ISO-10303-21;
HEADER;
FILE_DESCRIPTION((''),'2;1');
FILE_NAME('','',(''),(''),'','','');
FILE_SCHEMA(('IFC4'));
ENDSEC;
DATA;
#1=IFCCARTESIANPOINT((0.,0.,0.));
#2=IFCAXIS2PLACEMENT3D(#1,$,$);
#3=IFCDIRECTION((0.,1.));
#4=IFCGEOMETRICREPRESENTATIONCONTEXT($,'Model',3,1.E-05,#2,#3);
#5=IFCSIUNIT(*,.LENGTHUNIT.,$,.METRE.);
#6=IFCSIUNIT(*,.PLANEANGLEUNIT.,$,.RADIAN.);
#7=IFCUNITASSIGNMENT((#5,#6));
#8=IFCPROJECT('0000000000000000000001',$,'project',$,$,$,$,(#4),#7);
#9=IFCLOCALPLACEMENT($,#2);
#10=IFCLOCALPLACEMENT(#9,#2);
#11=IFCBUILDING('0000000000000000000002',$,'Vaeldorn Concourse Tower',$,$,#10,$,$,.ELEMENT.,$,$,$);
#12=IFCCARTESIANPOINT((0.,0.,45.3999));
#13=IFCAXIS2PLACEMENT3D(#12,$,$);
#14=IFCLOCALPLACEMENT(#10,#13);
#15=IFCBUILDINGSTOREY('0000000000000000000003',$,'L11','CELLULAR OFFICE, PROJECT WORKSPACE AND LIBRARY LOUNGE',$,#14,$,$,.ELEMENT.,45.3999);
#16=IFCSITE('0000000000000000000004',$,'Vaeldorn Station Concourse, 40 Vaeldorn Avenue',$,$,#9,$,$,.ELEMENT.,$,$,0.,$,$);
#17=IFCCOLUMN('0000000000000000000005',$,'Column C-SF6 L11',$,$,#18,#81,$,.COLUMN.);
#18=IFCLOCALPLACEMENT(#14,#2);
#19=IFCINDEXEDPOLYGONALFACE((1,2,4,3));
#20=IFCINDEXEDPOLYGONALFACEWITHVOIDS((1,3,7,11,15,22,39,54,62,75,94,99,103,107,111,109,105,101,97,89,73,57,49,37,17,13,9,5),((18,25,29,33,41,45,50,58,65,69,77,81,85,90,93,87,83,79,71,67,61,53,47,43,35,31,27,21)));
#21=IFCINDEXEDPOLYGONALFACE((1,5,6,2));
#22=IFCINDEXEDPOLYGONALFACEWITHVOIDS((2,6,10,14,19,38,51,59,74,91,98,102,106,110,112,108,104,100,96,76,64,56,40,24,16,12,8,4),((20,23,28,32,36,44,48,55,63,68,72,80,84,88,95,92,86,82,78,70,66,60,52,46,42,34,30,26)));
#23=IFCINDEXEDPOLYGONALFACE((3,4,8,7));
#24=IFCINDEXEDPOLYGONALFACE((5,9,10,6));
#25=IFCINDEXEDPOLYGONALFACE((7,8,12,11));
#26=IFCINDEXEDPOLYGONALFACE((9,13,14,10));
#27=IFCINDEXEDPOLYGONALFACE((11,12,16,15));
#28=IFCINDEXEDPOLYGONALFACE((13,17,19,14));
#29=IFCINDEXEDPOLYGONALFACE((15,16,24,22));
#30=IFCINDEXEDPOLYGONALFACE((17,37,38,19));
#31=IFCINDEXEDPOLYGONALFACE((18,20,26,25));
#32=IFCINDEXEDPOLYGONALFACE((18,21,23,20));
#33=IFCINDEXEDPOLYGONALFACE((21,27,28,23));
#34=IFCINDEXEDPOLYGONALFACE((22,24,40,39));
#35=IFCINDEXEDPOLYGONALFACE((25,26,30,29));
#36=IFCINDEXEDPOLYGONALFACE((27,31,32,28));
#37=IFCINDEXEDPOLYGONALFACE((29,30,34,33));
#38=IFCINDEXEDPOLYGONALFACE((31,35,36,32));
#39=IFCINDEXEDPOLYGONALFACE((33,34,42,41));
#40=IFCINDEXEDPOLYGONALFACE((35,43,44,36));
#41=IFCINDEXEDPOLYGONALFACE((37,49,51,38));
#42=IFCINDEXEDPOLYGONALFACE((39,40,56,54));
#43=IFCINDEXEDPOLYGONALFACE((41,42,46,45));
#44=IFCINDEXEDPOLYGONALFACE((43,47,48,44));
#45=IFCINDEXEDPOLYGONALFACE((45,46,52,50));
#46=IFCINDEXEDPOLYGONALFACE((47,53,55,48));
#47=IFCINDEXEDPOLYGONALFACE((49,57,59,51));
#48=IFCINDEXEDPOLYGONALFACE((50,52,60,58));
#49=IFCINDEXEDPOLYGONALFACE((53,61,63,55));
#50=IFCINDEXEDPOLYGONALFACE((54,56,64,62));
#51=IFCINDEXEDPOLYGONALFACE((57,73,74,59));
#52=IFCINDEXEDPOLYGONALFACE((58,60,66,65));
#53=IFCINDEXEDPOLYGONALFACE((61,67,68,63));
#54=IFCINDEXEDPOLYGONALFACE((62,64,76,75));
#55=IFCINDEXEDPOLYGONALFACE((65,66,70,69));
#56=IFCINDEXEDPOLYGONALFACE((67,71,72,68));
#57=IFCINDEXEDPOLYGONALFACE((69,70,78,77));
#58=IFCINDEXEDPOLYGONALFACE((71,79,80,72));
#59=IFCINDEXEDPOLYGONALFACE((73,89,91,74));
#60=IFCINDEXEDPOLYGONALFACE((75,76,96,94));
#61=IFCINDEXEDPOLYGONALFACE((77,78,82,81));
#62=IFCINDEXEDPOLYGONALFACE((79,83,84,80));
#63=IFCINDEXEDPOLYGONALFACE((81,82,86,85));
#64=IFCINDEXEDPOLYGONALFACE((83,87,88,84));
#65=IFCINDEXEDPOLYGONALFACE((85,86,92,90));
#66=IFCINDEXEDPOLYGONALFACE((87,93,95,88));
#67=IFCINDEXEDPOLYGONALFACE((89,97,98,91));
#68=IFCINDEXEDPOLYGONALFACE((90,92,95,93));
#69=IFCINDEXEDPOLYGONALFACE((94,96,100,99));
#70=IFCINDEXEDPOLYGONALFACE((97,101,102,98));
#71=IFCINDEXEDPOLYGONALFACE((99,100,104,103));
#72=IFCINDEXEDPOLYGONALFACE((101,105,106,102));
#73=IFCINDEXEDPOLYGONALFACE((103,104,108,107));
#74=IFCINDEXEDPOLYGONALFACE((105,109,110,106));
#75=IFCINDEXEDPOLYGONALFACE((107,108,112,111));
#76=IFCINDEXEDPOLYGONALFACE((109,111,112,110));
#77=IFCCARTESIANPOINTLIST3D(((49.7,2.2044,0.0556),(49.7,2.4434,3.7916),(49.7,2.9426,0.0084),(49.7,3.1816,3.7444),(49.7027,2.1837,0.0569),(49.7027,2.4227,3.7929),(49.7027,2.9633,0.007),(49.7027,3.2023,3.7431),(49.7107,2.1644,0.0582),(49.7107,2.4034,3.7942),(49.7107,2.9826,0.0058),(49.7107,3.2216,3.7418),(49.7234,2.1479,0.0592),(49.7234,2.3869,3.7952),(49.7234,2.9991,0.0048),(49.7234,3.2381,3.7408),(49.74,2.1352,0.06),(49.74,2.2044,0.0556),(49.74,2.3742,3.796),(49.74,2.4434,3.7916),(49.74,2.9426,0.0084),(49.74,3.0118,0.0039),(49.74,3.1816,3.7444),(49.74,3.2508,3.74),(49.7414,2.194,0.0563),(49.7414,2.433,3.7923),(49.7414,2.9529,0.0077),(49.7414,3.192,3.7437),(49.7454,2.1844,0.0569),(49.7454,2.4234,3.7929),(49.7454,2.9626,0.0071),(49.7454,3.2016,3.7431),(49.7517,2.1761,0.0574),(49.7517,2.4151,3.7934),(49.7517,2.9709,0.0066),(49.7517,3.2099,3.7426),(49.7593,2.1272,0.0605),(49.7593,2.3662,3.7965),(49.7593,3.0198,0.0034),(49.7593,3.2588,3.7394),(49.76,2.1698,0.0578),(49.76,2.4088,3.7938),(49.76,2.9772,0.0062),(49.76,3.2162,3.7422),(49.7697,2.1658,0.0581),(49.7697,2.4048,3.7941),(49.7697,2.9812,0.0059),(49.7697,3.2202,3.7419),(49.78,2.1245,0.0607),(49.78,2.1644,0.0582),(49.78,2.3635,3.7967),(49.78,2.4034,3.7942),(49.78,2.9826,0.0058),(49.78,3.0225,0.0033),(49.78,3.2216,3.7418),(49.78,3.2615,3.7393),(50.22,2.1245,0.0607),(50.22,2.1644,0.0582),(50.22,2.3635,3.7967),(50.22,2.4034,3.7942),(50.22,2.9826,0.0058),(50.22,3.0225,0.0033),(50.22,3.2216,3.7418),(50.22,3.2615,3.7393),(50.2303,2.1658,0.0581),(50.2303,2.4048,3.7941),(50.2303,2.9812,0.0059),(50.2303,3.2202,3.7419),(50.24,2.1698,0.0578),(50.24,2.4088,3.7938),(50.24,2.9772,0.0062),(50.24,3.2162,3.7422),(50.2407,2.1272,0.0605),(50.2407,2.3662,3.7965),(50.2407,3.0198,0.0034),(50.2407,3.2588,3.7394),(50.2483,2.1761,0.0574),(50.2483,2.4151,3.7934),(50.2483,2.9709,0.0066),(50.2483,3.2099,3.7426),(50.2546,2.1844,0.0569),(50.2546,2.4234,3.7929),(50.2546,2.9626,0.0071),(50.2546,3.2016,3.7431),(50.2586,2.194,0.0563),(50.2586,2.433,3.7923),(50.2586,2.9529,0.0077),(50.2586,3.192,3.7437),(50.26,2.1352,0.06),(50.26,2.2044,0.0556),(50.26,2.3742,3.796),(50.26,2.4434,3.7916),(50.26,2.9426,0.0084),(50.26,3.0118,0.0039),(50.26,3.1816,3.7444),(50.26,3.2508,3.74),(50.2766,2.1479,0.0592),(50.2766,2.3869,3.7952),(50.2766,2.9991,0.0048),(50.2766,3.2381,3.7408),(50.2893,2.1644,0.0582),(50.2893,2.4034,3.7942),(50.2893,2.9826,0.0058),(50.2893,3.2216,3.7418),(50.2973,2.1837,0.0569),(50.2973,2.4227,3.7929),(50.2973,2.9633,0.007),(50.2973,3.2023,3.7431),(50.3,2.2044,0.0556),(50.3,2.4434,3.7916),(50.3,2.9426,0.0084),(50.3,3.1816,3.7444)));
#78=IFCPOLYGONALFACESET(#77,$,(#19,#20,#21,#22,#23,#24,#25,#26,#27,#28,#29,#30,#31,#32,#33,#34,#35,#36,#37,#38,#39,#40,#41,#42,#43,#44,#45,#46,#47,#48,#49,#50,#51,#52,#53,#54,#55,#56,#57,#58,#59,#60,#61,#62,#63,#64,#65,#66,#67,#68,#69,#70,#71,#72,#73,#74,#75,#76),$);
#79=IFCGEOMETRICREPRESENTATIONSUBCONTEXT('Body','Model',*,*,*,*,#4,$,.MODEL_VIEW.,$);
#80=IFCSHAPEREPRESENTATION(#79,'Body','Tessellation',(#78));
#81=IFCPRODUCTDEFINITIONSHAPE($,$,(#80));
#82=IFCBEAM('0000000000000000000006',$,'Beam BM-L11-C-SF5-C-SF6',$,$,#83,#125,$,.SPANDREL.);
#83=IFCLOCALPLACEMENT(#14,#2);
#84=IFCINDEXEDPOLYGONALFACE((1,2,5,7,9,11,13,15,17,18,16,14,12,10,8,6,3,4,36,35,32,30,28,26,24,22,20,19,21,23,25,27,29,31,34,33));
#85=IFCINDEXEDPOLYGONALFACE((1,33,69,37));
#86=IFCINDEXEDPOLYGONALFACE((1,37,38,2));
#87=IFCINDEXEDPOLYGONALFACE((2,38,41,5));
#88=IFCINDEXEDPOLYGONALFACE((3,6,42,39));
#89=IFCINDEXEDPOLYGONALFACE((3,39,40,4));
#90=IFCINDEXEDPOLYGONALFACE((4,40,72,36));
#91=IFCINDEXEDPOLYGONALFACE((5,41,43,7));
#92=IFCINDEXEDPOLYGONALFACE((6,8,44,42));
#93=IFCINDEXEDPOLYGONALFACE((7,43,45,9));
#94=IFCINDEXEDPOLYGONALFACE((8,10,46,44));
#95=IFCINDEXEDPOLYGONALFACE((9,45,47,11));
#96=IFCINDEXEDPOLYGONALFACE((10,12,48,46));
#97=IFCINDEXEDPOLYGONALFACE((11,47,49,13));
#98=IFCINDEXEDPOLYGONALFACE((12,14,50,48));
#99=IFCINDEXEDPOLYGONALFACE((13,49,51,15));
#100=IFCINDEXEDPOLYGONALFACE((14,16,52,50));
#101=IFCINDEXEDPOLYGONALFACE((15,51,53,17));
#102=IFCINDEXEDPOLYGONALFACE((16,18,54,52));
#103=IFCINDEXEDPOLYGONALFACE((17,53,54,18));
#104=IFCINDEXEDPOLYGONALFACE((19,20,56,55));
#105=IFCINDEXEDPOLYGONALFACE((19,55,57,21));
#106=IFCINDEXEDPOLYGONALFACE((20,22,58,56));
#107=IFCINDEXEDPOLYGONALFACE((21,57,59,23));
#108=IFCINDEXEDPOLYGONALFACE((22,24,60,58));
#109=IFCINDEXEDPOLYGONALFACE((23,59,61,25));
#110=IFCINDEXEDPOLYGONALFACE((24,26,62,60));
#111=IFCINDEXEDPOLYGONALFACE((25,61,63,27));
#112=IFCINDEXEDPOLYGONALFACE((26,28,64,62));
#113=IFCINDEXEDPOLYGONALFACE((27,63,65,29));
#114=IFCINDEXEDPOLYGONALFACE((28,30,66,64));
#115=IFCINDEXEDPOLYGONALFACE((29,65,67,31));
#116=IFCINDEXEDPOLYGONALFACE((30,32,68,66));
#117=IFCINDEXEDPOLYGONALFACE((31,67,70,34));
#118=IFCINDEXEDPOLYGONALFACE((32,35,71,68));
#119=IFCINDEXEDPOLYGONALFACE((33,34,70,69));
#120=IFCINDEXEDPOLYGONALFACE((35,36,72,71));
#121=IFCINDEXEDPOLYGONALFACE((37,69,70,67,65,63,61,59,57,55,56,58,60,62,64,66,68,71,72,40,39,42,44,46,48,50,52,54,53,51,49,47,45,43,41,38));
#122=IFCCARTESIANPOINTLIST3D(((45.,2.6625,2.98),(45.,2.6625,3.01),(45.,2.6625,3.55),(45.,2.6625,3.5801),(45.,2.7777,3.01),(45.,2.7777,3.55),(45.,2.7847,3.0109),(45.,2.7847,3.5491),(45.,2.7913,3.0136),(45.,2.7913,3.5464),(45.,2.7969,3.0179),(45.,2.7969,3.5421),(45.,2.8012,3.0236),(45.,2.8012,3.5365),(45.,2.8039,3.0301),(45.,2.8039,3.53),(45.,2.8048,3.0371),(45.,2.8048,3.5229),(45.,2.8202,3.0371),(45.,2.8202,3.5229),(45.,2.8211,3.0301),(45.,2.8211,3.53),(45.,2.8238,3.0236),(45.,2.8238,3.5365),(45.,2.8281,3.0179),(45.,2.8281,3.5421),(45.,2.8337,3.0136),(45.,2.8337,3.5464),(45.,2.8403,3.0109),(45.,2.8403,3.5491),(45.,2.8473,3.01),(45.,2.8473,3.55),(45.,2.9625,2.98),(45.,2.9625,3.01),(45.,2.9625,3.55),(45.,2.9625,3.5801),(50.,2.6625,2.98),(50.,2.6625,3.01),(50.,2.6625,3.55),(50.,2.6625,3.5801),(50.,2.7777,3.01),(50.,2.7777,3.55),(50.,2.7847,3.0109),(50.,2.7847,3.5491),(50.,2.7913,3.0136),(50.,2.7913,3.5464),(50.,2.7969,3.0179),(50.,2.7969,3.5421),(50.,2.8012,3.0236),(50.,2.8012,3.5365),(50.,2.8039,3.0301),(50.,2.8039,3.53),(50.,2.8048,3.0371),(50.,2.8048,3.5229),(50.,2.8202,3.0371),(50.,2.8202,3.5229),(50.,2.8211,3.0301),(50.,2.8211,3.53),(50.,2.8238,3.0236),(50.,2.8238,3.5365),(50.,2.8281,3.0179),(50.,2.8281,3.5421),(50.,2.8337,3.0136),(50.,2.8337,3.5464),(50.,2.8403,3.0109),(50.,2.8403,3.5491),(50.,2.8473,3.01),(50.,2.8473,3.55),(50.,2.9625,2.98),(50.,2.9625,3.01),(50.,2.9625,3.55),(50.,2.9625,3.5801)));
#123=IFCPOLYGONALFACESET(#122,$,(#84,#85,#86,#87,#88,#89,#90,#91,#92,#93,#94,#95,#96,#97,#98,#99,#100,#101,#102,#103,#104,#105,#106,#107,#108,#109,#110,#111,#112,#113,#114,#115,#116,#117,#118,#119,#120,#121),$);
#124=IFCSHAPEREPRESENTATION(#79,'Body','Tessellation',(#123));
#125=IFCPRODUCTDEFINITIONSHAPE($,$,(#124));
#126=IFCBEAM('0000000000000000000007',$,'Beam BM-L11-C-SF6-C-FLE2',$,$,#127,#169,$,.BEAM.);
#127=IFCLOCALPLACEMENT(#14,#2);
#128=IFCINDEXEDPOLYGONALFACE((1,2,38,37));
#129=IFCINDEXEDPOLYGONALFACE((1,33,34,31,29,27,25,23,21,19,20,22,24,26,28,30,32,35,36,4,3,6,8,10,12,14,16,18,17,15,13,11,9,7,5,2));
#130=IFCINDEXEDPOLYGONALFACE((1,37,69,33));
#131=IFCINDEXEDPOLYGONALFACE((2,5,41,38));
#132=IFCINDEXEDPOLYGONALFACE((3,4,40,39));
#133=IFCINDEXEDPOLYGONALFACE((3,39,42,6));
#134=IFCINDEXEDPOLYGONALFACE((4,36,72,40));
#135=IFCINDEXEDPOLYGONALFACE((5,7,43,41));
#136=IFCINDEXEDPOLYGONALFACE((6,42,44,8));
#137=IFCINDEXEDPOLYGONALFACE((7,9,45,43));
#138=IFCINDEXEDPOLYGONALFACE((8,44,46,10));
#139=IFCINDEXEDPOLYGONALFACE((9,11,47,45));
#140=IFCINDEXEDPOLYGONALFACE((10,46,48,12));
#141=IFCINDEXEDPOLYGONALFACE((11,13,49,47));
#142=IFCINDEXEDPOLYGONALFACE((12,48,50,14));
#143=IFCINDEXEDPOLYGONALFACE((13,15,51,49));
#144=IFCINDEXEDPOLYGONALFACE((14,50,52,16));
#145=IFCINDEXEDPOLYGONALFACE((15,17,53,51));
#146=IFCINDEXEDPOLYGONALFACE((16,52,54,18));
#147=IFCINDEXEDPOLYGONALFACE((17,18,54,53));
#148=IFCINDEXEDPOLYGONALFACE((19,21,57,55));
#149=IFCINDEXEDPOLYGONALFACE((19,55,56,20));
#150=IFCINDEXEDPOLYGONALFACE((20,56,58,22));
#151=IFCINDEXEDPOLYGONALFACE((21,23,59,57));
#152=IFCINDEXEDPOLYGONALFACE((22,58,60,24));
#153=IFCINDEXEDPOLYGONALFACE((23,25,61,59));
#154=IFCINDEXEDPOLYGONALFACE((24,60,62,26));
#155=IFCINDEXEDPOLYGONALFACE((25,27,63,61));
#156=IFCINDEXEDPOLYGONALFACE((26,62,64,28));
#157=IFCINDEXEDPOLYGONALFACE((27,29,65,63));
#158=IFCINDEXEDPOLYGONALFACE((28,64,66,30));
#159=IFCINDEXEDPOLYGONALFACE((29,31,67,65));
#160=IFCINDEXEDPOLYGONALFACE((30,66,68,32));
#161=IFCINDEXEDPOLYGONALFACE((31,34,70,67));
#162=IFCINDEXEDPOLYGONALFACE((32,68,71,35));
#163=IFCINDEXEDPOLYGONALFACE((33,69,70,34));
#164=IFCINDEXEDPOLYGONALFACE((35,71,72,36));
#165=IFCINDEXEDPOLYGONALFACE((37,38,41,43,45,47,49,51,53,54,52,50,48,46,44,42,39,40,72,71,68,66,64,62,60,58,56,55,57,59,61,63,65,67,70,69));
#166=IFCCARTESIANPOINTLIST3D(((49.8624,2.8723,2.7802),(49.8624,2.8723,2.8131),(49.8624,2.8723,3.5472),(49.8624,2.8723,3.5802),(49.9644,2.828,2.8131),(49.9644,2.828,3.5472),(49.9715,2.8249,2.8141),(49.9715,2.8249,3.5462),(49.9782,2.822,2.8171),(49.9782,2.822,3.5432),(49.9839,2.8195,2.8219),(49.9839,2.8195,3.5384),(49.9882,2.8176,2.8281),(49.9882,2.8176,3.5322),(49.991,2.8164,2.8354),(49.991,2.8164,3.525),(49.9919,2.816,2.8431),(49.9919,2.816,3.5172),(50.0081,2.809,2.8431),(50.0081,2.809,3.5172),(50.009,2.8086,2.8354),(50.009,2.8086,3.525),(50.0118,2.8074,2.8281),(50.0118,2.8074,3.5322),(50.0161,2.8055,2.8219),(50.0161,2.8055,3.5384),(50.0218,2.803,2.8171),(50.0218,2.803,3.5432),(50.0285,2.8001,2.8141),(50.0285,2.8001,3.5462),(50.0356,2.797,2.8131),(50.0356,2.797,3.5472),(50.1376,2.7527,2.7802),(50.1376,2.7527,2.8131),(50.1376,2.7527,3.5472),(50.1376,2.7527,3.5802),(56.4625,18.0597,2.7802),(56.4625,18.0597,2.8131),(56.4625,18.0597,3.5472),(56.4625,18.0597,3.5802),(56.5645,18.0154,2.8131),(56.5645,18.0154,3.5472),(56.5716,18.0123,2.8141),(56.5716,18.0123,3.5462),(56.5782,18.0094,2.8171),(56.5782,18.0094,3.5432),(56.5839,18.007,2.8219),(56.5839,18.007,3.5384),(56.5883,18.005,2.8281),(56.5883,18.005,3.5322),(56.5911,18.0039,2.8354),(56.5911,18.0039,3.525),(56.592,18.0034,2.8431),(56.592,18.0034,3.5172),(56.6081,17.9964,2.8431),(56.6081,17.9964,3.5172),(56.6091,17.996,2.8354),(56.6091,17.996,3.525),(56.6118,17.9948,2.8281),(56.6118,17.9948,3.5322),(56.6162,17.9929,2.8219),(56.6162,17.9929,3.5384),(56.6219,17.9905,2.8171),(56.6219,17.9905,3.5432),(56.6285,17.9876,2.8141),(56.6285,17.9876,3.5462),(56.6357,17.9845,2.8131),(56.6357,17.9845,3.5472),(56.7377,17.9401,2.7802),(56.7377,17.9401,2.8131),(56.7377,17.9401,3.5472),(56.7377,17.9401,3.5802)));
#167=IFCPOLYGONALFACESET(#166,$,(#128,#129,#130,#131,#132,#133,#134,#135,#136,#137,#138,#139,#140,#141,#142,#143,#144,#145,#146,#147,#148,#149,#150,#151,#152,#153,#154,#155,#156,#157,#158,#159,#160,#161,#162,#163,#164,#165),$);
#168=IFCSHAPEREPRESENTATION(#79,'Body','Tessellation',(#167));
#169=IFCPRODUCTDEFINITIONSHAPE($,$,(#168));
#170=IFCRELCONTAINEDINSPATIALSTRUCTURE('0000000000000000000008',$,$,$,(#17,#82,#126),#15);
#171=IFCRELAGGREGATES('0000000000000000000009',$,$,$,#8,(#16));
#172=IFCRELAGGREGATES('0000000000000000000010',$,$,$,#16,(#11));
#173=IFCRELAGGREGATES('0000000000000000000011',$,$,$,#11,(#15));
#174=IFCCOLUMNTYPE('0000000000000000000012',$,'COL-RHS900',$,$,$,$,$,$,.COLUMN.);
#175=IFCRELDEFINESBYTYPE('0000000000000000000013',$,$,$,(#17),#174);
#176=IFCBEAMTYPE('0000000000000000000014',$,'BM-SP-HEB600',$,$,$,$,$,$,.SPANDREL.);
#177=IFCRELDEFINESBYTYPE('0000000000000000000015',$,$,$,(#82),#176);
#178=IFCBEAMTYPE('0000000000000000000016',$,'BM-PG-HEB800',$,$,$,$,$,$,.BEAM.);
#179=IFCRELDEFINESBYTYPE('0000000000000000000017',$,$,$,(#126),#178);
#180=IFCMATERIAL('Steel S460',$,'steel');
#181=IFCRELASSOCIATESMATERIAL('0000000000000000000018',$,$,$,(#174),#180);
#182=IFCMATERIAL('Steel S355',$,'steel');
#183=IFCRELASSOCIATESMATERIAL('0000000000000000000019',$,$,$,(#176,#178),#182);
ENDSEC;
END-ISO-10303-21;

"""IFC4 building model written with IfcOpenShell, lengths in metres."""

from ifc_helpers import new_model, si_unit, direction, frame, origin, origin_2d, place, context, subcontext, project, spatial, hollow_rectangle, i_section, extrude, source, transform, mapped, material, material_profile, profile_set, type_object, element, save


model = new_model("IFC4")

# Units and contexts
model_context = context("Model", 3, precision=1e-05, world=origin(), true_north=direction((0.0, 1.0)))
body_context = subcontext(model_context, "Body", "Model", "MODEL_VIEW")
ifc_project = project(units=[si_unit("LENGTHUNIT", "METRE"), si_unit("PLANEANGLEUNIT", "RADIAN")], contexts=[model_context])

# Site, building, storey
site_placement = place(None, origin())
site = spatial("IfcSite", under=ifc_project, at=site_placement, Name="Vaeldorn Station Concourse, 40 Vaeldorn Avenue", CompositionType="ELEMENT", RefElevation=0.0)
building_placement = place(site_placement, origin())
building = spatial("IfcBuilding", under=site, at=building_placement, Name="Vaeldorn Concourse Tower", CompositionType="ELEMENT")
storey_placement = place(building_placement, frame((0.0, 0.0, 45.3999)))
storey = spatial("IfcBuildingStorey", under=building, at=storey_placement, Name="L11", Description="CELLULAR OFFICE, PROJECT WORKSPACE AND LIBRARY LOUNGE", CompositionType="ELEMENT", Elevation=45.3999)

# Column
ifc_material_1 = material(Name="Steel S460", Category="steel")
ifc_material_profile_1 = material_profile(ifc_material_1, hollow_rectangle(XDim=0.6001, YDim=0.8999, WallThickness=0.04, InnerFilletRadius=0.04, OuterFilletRadius=0.0801, at=origin_2d()), Name="RHS 900x600x40")
ifc_profile_set_1 = profile_set([ifc_material_profile_1], Name="Steel S460")
column_type = type_object("IfcColumnType", Name="COL-RHS900", PredefinedType="COLUMN", material=ifc_profile_set_1)
shared_shape_1 = source(origin(), body_context, "Body", "SweptSolid", [
    extrude(hollow_rectangle(XDim=0.6001, YDim=0.8999, WallThickness=0.04, InnerFilletRadius=0.04, OuterFilletRadius=0.0801, at=origin_2d()), origin(), (0.0, 0.0, 1.0), 3.7437),
])
column_placement = place(storey_placement, frame((50.0, 2.5735, 0.032), z_axis=(0.0, 0.063844, 0.99796), x_axis=(-1.0, 0.0, 0.0)))
element("IfcColumn", 1, at=column_placement, inside=storey, type_object=column_type, Name="Column C-SF6 L11", PredefinedType="COLUMN", context=body_context, shape_type="MappedRepresentation", body=[
    mapped(shared_shape_1, transform((0.0, 0.0, 0.0), scale=1.0)),
])

# Beams
ifc_material_2 = material(Name="Steel S355", Category="steel")
ifc_material_profile_2 = material_profile(ifc_material_2, i_section(OverallWidth=0.3, OverallDepth=0.6001, WebThickness=0.0154, FlangeThickness=0.03, FilletRadius=0.0271, at=origin_2d()), Name="HEB 600")
ifc_profile_set_2 = profile_set([ifc_material_profile_2], Name="Steel S355")
beam_type_1 = type_object("IfcBeamType", Name="BM-SP-HEB600", PredefinedType="SPANDREL", material=ifc_profile_set_2)
shared_shape_2 = source(origin(), body_context, "Body", "SweptSolid", [
    extrude(i_section(OverallWidth=0.3, OverallDepth=0.6001, WebThickness=0.0154, FlangeThickness=0.03, FilletRadius=0.0271, at=origin_2d()), origin(), (0.0, 0.0, 1.0), 5.0),
])
beam_1_placement = place(storey_placement, frame((45.0, 2.8125, 3.28), z_axis=(1.0, 0.0, 0.0), x_axis=(0.0, 1.0, 0.0)))
element("IfcBeam", 2, at=beam_1_placement, inside=storey, type_object=beam_type_1, Name="Beam BM-L11-C-SF5-C-SF6", PredefinedType="SPANDREL", context=body_context, shape_type="MappedRepresentation", body=[
    mapped(shared_shape_2, transform((0.0, 0.0, 0.0), scale=1.0)),
])
ifc_material_profile_3 = material_profile(ifc_material_2, i_section(OverallWidth=0.3, OverallDepth=0.8, WebThickness=0.0176, FlangeThickness=0.033, FilletRadius=0.03, at=origin_2d()), Name="HEB 800")
ifc_profile_set_3 = profile_set([ifc_material_profile_3], Name="Steel S355")
beam_type_2 = type_object("IfcBeamType", Name="BM-PG-HEB800", PredefinedType="BEAM", material=ifc_profile_set_3)
shared_shape_3 = source(origin(), body_context, "Body", "SweptSolid", [
    extrude(i_section(OverallWidth=0.3, OverallDepth=0.8, WebThickness=0.0176, FlangeThickness=0.033, FilletRadius=0.03, at=origin_2d()), origin(), (0.0, 0.0, 1.0), 16.5596),
])
beam_2_placement = place(storey_placement, frame((50.0, 2.8125, 3.1802), z_axis=(0.398565, 0.91714, 0.0), x_axis=(-0.91714, 0.398565, 0.0)))
element("IfcBeam", 3, at=beam_2_placement, inside=storey, type_object=beam_type_2, Name="Beam BM-L11-C-SF6-C-FLE2", PredefinedType="BEAM", context=body_context, shape_type="MappedRepresentation", body=[
    mapped(shared_shape_3, transform((0.0, 0.0, 0.0), scale=1.0)),
])

save(model, "model.ifc")
